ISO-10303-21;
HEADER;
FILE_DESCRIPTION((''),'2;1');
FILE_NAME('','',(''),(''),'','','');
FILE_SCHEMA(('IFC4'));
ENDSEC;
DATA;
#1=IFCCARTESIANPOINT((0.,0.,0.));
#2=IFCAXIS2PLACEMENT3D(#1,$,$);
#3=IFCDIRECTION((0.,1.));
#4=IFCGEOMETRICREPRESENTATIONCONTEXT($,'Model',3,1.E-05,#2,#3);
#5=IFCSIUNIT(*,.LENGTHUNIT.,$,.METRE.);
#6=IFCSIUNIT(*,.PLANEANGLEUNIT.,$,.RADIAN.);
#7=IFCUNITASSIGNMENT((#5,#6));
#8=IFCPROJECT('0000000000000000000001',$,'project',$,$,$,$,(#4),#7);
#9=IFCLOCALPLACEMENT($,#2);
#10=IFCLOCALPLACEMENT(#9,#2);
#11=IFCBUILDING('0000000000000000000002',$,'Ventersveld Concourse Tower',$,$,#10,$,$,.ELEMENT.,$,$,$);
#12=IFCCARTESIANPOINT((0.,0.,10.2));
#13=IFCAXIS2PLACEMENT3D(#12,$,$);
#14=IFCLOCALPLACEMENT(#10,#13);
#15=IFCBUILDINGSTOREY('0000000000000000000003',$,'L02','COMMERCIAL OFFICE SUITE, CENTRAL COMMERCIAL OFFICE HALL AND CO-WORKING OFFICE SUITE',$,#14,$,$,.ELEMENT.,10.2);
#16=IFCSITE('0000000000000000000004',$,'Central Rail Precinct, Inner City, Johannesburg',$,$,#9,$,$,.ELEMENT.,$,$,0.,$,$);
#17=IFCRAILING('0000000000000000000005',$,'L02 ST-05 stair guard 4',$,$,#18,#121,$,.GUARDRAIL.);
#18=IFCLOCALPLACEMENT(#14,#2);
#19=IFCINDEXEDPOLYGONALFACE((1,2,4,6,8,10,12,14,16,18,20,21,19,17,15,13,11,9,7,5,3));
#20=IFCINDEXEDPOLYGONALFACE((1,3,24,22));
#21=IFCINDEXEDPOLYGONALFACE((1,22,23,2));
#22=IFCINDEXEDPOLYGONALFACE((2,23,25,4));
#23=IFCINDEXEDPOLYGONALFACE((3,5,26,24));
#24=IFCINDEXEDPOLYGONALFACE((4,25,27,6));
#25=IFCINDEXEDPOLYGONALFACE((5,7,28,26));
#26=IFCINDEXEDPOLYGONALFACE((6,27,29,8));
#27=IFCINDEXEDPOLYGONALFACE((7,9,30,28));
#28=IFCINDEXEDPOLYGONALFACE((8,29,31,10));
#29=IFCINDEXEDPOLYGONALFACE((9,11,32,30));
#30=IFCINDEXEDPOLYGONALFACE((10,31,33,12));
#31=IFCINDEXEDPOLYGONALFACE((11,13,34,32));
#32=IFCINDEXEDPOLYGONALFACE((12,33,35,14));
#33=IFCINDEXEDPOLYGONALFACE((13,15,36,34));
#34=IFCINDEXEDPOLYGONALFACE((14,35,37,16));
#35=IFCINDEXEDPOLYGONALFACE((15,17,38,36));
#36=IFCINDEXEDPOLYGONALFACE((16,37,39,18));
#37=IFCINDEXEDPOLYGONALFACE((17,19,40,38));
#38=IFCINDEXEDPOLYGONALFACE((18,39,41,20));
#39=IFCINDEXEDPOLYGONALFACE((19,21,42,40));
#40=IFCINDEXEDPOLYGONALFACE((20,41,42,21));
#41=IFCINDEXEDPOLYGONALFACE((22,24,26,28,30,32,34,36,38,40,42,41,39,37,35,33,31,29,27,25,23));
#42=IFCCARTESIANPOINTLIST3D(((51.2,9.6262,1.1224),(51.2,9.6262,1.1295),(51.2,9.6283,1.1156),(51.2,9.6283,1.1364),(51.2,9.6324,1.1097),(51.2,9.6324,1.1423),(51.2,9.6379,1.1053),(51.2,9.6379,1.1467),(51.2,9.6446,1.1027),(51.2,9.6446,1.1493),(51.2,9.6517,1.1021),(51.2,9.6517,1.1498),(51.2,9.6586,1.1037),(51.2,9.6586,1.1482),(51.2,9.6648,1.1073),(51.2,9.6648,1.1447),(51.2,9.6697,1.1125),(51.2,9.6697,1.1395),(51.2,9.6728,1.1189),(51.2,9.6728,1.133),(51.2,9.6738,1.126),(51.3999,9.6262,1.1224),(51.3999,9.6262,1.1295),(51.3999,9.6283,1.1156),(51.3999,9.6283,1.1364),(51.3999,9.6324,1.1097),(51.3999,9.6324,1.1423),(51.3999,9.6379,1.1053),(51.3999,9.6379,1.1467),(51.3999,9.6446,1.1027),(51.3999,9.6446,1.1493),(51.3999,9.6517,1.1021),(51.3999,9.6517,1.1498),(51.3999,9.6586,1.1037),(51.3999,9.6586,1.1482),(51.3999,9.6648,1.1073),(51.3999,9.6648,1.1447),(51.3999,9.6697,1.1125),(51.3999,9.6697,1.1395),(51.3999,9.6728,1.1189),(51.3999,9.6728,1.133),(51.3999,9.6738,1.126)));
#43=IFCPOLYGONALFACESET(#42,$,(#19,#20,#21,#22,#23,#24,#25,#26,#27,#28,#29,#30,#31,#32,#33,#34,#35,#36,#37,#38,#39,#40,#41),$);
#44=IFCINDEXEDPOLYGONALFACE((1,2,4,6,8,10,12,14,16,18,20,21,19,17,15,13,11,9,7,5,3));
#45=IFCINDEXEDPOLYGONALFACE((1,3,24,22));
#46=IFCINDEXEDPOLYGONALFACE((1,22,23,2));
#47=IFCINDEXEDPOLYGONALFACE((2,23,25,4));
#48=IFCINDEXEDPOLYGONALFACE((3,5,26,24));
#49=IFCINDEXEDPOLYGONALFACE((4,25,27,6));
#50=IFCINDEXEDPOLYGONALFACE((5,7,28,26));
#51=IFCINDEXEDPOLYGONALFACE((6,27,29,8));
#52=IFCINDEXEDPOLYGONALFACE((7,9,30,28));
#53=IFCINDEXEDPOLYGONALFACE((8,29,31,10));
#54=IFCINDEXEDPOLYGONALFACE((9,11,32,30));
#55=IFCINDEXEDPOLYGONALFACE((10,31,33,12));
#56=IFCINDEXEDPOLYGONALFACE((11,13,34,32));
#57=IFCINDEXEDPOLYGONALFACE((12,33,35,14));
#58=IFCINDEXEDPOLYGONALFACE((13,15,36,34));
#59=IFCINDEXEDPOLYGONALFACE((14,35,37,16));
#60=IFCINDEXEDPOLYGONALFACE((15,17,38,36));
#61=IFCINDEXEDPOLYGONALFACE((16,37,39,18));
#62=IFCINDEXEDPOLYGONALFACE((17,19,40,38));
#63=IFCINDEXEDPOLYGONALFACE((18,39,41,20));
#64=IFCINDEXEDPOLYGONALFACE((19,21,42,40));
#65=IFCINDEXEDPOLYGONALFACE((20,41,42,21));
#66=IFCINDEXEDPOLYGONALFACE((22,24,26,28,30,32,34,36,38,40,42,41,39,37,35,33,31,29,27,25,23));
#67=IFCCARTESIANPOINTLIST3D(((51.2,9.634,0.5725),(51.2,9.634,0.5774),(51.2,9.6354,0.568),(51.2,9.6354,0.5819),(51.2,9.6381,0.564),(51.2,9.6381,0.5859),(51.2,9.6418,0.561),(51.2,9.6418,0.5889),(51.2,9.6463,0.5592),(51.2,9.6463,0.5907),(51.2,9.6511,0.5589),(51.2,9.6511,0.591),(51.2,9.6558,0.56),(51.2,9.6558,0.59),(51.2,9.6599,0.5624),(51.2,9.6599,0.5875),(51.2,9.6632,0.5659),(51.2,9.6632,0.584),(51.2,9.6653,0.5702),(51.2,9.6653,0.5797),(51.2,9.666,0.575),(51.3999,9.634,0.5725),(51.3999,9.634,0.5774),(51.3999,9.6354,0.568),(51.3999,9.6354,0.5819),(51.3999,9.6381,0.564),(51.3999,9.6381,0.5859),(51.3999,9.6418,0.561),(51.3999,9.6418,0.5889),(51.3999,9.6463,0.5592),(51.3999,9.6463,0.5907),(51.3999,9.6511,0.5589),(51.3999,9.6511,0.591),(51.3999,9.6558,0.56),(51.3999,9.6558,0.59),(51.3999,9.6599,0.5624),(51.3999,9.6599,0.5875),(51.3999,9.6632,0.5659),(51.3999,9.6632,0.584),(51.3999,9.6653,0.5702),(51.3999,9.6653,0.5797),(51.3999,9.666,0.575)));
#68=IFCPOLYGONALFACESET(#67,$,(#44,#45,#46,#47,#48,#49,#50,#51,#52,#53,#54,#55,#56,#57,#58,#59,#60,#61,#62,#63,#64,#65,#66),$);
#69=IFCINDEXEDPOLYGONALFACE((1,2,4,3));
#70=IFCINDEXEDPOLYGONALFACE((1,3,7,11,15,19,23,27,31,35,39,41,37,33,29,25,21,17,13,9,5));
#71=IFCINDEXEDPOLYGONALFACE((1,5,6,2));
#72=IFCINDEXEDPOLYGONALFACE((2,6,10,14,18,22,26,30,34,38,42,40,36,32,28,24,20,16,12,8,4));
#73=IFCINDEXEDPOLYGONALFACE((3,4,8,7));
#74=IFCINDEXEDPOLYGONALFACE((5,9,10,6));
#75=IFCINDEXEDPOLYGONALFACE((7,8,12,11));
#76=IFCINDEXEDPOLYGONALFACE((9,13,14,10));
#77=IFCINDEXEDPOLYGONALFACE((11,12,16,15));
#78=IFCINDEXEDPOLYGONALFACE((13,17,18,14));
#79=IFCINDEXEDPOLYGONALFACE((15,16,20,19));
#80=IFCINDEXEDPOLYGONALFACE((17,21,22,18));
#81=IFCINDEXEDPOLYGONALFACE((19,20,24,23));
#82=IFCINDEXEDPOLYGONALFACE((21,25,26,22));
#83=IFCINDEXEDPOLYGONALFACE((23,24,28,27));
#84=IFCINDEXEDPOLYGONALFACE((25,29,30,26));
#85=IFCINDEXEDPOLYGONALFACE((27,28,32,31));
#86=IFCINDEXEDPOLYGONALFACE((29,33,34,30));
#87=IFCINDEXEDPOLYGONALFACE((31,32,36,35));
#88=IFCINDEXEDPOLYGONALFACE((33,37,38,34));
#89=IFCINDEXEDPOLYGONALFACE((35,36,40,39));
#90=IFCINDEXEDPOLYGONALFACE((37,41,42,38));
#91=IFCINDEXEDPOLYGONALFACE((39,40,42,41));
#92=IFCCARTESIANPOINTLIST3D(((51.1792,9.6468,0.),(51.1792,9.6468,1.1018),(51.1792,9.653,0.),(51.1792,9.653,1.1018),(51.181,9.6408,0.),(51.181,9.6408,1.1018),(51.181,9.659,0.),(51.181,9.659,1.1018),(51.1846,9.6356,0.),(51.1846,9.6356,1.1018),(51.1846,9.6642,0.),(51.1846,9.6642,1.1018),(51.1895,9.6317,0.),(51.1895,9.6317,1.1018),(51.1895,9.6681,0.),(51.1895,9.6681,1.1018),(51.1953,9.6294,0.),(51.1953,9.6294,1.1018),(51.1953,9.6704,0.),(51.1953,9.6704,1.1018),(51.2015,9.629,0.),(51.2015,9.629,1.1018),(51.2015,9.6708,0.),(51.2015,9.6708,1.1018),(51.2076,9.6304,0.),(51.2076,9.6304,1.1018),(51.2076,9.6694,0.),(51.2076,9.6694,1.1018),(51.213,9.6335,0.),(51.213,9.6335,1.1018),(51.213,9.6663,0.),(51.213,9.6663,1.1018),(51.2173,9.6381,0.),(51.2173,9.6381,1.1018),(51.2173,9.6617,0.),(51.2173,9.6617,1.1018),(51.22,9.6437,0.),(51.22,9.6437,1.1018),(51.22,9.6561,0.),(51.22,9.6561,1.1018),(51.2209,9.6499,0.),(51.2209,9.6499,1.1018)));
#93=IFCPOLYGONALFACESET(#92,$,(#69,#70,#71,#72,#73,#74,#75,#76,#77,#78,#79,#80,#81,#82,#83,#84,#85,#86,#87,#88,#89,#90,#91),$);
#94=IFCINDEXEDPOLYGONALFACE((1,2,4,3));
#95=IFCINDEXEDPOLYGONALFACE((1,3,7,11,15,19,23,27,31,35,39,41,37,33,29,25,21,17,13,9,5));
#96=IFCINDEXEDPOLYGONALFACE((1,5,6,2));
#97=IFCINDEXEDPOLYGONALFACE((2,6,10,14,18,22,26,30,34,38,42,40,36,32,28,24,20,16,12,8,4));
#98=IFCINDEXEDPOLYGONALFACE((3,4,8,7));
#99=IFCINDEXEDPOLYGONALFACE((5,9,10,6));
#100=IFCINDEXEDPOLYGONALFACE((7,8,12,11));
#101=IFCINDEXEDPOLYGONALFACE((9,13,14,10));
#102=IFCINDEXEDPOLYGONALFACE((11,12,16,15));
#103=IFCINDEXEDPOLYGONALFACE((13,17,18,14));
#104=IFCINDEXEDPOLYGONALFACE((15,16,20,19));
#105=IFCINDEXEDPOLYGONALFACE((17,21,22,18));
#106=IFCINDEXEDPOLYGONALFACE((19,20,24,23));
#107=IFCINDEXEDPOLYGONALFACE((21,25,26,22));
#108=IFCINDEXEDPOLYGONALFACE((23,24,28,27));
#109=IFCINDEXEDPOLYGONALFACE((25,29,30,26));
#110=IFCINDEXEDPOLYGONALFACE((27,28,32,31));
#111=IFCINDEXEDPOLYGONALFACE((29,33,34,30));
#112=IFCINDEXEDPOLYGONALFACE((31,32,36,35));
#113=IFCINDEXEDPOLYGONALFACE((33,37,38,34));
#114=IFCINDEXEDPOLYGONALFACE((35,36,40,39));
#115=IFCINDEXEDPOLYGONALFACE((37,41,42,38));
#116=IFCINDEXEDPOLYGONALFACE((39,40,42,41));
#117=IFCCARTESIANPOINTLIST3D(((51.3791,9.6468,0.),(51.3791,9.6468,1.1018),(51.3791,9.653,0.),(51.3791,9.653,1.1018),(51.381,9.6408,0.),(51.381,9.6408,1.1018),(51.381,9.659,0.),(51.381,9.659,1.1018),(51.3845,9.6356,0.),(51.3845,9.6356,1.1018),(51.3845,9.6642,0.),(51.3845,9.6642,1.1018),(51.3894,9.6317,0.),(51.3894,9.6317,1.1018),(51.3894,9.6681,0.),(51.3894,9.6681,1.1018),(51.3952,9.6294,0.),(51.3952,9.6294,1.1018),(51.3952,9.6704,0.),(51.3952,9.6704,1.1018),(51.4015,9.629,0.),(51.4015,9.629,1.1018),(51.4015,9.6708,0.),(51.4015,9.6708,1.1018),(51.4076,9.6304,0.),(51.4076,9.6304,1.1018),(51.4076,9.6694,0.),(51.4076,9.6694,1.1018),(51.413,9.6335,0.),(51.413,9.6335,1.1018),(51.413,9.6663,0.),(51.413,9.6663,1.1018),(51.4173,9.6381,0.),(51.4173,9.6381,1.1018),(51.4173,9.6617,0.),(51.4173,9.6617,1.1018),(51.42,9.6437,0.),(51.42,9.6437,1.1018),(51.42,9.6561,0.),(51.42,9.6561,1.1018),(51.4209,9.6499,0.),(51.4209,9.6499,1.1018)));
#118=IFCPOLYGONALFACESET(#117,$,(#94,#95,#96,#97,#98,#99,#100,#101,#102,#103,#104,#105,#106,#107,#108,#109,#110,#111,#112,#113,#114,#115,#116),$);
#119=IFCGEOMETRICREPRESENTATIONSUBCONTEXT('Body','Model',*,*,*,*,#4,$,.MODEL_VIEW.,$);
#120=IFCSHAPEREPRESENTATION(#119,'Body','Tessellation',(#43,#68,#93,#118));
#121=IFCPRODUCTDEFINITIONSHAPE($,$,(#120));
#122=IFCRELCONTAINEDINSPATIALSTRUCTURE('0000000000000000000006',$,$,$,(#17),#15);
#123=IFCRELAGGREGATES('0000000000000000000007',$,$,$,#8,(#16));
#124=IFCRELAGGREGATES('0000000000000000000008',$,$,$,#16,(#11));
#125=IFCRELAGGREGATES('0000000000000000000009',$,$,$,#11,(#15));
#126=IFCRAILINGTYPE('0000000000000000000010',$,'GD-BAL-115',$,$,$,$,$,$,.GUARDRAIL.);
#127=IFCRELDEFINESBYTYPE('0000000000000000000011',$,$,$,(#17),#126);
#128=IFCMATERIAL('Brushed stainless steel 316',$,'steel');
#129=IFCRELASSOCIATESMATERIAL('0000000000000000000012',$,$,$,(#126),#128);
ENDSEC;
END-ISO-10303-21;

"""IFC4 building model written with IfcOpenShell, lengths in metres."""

from ifc_helpers import new_model, si_unit, direction, frame, origin, origin_2d, place, context, subcontext, project, spatial, circle, extrude, material, type_object, element, save


model = new_model("IFC4")

# Units and contexts
model_context = context("Model", 3, precision=1e-05, world=origin(), true_north=direction((0.0, 1.0)))
body_context = subcontext(model_context, "Body", "Model", "MODEL_VIEW")
ifc_project = project(units=[si_unit("LENGTHUNIT", "METRE"), si_unit("PLANEANGLEUNIT", "RADIAN")], contexts=[model_context])

# Site, building, storey
site_placement = place(None, origin())
site = spatial("IfcSite", under=ifc_project, at=site_placement, Name="Central Rail Precinct, Inner City, Johannesburg", CompositionType="ELEMENT", RefElevation=0.0)
building_placement = place(site_placement, origin())
building = spatial("IfcBuilding", under=site, at=building_placement, Name="Ventersveld Concourse Tower", CompositionType="ELEMENT")
storey_placement = place(building_placement, frame((0.0, 0.0, 10.2)))
storey = spatial("IfcBuildingStorey", under=building, at=storey_placement, Name="L02", Description="COMMERCIAL OFFICE SUITE, CENTRAL COMMERCIAL OFFICE HALL AND CO-WORKING OFFICE SUITE", CompositionType="ELEMENT", Elevation=10.2)

# Shared definitions
ifc_material_1 = material(Name="Brushed stainless steel 316", Category="steel")

# Railing
railing_type_1 = type_object("IfcRailingType", Name="GD-BAL-115", PredefinedType="GUARDRAIL", material=ifc_material_1)
railing_1_placement = place(storey_placement, frame((51.2, 9.6499, 0.0)))
element("IfcRailing", 1, at=railing_1_placement, inside=storey, type_object=railing_type_1, Name="L02 ST-05 stair guard 4", PredefinedType="GUARDRAIL", context=body_context, shape_type="SweptSolid", body=[
    extrude(circle(Radius=0.0239, at=origin_2d()), frame((0.0, 0.0, 1.126), z_axis=(1.0, 0.0, 0.0), x_axis=(0.0, 1.0, 0.0)), (0.0, 0.0, 1.0), 0.2),
    extrude(circle(Radius=0.0161, at=origin_2d()), frame((0.0, 0.0, 0.575), z_axis=(1.0, 0.0, 0.0), x_axis=(0.0, 1.0, 0.0)), (0.0, 0.0, 1.0), 0.2),
    extrude(circle(Radius=0.021, at=origin_2d()), origin(), (0.0, 0.0, 1.0), 1.1018),
    extrude(circle(Radius=0.021, at=origin_2d()), frame((0.2, 0.0, 0.0)), (0.0, 0.0, 1.0), 1.1018),
])

save(model, "model.ifc")
